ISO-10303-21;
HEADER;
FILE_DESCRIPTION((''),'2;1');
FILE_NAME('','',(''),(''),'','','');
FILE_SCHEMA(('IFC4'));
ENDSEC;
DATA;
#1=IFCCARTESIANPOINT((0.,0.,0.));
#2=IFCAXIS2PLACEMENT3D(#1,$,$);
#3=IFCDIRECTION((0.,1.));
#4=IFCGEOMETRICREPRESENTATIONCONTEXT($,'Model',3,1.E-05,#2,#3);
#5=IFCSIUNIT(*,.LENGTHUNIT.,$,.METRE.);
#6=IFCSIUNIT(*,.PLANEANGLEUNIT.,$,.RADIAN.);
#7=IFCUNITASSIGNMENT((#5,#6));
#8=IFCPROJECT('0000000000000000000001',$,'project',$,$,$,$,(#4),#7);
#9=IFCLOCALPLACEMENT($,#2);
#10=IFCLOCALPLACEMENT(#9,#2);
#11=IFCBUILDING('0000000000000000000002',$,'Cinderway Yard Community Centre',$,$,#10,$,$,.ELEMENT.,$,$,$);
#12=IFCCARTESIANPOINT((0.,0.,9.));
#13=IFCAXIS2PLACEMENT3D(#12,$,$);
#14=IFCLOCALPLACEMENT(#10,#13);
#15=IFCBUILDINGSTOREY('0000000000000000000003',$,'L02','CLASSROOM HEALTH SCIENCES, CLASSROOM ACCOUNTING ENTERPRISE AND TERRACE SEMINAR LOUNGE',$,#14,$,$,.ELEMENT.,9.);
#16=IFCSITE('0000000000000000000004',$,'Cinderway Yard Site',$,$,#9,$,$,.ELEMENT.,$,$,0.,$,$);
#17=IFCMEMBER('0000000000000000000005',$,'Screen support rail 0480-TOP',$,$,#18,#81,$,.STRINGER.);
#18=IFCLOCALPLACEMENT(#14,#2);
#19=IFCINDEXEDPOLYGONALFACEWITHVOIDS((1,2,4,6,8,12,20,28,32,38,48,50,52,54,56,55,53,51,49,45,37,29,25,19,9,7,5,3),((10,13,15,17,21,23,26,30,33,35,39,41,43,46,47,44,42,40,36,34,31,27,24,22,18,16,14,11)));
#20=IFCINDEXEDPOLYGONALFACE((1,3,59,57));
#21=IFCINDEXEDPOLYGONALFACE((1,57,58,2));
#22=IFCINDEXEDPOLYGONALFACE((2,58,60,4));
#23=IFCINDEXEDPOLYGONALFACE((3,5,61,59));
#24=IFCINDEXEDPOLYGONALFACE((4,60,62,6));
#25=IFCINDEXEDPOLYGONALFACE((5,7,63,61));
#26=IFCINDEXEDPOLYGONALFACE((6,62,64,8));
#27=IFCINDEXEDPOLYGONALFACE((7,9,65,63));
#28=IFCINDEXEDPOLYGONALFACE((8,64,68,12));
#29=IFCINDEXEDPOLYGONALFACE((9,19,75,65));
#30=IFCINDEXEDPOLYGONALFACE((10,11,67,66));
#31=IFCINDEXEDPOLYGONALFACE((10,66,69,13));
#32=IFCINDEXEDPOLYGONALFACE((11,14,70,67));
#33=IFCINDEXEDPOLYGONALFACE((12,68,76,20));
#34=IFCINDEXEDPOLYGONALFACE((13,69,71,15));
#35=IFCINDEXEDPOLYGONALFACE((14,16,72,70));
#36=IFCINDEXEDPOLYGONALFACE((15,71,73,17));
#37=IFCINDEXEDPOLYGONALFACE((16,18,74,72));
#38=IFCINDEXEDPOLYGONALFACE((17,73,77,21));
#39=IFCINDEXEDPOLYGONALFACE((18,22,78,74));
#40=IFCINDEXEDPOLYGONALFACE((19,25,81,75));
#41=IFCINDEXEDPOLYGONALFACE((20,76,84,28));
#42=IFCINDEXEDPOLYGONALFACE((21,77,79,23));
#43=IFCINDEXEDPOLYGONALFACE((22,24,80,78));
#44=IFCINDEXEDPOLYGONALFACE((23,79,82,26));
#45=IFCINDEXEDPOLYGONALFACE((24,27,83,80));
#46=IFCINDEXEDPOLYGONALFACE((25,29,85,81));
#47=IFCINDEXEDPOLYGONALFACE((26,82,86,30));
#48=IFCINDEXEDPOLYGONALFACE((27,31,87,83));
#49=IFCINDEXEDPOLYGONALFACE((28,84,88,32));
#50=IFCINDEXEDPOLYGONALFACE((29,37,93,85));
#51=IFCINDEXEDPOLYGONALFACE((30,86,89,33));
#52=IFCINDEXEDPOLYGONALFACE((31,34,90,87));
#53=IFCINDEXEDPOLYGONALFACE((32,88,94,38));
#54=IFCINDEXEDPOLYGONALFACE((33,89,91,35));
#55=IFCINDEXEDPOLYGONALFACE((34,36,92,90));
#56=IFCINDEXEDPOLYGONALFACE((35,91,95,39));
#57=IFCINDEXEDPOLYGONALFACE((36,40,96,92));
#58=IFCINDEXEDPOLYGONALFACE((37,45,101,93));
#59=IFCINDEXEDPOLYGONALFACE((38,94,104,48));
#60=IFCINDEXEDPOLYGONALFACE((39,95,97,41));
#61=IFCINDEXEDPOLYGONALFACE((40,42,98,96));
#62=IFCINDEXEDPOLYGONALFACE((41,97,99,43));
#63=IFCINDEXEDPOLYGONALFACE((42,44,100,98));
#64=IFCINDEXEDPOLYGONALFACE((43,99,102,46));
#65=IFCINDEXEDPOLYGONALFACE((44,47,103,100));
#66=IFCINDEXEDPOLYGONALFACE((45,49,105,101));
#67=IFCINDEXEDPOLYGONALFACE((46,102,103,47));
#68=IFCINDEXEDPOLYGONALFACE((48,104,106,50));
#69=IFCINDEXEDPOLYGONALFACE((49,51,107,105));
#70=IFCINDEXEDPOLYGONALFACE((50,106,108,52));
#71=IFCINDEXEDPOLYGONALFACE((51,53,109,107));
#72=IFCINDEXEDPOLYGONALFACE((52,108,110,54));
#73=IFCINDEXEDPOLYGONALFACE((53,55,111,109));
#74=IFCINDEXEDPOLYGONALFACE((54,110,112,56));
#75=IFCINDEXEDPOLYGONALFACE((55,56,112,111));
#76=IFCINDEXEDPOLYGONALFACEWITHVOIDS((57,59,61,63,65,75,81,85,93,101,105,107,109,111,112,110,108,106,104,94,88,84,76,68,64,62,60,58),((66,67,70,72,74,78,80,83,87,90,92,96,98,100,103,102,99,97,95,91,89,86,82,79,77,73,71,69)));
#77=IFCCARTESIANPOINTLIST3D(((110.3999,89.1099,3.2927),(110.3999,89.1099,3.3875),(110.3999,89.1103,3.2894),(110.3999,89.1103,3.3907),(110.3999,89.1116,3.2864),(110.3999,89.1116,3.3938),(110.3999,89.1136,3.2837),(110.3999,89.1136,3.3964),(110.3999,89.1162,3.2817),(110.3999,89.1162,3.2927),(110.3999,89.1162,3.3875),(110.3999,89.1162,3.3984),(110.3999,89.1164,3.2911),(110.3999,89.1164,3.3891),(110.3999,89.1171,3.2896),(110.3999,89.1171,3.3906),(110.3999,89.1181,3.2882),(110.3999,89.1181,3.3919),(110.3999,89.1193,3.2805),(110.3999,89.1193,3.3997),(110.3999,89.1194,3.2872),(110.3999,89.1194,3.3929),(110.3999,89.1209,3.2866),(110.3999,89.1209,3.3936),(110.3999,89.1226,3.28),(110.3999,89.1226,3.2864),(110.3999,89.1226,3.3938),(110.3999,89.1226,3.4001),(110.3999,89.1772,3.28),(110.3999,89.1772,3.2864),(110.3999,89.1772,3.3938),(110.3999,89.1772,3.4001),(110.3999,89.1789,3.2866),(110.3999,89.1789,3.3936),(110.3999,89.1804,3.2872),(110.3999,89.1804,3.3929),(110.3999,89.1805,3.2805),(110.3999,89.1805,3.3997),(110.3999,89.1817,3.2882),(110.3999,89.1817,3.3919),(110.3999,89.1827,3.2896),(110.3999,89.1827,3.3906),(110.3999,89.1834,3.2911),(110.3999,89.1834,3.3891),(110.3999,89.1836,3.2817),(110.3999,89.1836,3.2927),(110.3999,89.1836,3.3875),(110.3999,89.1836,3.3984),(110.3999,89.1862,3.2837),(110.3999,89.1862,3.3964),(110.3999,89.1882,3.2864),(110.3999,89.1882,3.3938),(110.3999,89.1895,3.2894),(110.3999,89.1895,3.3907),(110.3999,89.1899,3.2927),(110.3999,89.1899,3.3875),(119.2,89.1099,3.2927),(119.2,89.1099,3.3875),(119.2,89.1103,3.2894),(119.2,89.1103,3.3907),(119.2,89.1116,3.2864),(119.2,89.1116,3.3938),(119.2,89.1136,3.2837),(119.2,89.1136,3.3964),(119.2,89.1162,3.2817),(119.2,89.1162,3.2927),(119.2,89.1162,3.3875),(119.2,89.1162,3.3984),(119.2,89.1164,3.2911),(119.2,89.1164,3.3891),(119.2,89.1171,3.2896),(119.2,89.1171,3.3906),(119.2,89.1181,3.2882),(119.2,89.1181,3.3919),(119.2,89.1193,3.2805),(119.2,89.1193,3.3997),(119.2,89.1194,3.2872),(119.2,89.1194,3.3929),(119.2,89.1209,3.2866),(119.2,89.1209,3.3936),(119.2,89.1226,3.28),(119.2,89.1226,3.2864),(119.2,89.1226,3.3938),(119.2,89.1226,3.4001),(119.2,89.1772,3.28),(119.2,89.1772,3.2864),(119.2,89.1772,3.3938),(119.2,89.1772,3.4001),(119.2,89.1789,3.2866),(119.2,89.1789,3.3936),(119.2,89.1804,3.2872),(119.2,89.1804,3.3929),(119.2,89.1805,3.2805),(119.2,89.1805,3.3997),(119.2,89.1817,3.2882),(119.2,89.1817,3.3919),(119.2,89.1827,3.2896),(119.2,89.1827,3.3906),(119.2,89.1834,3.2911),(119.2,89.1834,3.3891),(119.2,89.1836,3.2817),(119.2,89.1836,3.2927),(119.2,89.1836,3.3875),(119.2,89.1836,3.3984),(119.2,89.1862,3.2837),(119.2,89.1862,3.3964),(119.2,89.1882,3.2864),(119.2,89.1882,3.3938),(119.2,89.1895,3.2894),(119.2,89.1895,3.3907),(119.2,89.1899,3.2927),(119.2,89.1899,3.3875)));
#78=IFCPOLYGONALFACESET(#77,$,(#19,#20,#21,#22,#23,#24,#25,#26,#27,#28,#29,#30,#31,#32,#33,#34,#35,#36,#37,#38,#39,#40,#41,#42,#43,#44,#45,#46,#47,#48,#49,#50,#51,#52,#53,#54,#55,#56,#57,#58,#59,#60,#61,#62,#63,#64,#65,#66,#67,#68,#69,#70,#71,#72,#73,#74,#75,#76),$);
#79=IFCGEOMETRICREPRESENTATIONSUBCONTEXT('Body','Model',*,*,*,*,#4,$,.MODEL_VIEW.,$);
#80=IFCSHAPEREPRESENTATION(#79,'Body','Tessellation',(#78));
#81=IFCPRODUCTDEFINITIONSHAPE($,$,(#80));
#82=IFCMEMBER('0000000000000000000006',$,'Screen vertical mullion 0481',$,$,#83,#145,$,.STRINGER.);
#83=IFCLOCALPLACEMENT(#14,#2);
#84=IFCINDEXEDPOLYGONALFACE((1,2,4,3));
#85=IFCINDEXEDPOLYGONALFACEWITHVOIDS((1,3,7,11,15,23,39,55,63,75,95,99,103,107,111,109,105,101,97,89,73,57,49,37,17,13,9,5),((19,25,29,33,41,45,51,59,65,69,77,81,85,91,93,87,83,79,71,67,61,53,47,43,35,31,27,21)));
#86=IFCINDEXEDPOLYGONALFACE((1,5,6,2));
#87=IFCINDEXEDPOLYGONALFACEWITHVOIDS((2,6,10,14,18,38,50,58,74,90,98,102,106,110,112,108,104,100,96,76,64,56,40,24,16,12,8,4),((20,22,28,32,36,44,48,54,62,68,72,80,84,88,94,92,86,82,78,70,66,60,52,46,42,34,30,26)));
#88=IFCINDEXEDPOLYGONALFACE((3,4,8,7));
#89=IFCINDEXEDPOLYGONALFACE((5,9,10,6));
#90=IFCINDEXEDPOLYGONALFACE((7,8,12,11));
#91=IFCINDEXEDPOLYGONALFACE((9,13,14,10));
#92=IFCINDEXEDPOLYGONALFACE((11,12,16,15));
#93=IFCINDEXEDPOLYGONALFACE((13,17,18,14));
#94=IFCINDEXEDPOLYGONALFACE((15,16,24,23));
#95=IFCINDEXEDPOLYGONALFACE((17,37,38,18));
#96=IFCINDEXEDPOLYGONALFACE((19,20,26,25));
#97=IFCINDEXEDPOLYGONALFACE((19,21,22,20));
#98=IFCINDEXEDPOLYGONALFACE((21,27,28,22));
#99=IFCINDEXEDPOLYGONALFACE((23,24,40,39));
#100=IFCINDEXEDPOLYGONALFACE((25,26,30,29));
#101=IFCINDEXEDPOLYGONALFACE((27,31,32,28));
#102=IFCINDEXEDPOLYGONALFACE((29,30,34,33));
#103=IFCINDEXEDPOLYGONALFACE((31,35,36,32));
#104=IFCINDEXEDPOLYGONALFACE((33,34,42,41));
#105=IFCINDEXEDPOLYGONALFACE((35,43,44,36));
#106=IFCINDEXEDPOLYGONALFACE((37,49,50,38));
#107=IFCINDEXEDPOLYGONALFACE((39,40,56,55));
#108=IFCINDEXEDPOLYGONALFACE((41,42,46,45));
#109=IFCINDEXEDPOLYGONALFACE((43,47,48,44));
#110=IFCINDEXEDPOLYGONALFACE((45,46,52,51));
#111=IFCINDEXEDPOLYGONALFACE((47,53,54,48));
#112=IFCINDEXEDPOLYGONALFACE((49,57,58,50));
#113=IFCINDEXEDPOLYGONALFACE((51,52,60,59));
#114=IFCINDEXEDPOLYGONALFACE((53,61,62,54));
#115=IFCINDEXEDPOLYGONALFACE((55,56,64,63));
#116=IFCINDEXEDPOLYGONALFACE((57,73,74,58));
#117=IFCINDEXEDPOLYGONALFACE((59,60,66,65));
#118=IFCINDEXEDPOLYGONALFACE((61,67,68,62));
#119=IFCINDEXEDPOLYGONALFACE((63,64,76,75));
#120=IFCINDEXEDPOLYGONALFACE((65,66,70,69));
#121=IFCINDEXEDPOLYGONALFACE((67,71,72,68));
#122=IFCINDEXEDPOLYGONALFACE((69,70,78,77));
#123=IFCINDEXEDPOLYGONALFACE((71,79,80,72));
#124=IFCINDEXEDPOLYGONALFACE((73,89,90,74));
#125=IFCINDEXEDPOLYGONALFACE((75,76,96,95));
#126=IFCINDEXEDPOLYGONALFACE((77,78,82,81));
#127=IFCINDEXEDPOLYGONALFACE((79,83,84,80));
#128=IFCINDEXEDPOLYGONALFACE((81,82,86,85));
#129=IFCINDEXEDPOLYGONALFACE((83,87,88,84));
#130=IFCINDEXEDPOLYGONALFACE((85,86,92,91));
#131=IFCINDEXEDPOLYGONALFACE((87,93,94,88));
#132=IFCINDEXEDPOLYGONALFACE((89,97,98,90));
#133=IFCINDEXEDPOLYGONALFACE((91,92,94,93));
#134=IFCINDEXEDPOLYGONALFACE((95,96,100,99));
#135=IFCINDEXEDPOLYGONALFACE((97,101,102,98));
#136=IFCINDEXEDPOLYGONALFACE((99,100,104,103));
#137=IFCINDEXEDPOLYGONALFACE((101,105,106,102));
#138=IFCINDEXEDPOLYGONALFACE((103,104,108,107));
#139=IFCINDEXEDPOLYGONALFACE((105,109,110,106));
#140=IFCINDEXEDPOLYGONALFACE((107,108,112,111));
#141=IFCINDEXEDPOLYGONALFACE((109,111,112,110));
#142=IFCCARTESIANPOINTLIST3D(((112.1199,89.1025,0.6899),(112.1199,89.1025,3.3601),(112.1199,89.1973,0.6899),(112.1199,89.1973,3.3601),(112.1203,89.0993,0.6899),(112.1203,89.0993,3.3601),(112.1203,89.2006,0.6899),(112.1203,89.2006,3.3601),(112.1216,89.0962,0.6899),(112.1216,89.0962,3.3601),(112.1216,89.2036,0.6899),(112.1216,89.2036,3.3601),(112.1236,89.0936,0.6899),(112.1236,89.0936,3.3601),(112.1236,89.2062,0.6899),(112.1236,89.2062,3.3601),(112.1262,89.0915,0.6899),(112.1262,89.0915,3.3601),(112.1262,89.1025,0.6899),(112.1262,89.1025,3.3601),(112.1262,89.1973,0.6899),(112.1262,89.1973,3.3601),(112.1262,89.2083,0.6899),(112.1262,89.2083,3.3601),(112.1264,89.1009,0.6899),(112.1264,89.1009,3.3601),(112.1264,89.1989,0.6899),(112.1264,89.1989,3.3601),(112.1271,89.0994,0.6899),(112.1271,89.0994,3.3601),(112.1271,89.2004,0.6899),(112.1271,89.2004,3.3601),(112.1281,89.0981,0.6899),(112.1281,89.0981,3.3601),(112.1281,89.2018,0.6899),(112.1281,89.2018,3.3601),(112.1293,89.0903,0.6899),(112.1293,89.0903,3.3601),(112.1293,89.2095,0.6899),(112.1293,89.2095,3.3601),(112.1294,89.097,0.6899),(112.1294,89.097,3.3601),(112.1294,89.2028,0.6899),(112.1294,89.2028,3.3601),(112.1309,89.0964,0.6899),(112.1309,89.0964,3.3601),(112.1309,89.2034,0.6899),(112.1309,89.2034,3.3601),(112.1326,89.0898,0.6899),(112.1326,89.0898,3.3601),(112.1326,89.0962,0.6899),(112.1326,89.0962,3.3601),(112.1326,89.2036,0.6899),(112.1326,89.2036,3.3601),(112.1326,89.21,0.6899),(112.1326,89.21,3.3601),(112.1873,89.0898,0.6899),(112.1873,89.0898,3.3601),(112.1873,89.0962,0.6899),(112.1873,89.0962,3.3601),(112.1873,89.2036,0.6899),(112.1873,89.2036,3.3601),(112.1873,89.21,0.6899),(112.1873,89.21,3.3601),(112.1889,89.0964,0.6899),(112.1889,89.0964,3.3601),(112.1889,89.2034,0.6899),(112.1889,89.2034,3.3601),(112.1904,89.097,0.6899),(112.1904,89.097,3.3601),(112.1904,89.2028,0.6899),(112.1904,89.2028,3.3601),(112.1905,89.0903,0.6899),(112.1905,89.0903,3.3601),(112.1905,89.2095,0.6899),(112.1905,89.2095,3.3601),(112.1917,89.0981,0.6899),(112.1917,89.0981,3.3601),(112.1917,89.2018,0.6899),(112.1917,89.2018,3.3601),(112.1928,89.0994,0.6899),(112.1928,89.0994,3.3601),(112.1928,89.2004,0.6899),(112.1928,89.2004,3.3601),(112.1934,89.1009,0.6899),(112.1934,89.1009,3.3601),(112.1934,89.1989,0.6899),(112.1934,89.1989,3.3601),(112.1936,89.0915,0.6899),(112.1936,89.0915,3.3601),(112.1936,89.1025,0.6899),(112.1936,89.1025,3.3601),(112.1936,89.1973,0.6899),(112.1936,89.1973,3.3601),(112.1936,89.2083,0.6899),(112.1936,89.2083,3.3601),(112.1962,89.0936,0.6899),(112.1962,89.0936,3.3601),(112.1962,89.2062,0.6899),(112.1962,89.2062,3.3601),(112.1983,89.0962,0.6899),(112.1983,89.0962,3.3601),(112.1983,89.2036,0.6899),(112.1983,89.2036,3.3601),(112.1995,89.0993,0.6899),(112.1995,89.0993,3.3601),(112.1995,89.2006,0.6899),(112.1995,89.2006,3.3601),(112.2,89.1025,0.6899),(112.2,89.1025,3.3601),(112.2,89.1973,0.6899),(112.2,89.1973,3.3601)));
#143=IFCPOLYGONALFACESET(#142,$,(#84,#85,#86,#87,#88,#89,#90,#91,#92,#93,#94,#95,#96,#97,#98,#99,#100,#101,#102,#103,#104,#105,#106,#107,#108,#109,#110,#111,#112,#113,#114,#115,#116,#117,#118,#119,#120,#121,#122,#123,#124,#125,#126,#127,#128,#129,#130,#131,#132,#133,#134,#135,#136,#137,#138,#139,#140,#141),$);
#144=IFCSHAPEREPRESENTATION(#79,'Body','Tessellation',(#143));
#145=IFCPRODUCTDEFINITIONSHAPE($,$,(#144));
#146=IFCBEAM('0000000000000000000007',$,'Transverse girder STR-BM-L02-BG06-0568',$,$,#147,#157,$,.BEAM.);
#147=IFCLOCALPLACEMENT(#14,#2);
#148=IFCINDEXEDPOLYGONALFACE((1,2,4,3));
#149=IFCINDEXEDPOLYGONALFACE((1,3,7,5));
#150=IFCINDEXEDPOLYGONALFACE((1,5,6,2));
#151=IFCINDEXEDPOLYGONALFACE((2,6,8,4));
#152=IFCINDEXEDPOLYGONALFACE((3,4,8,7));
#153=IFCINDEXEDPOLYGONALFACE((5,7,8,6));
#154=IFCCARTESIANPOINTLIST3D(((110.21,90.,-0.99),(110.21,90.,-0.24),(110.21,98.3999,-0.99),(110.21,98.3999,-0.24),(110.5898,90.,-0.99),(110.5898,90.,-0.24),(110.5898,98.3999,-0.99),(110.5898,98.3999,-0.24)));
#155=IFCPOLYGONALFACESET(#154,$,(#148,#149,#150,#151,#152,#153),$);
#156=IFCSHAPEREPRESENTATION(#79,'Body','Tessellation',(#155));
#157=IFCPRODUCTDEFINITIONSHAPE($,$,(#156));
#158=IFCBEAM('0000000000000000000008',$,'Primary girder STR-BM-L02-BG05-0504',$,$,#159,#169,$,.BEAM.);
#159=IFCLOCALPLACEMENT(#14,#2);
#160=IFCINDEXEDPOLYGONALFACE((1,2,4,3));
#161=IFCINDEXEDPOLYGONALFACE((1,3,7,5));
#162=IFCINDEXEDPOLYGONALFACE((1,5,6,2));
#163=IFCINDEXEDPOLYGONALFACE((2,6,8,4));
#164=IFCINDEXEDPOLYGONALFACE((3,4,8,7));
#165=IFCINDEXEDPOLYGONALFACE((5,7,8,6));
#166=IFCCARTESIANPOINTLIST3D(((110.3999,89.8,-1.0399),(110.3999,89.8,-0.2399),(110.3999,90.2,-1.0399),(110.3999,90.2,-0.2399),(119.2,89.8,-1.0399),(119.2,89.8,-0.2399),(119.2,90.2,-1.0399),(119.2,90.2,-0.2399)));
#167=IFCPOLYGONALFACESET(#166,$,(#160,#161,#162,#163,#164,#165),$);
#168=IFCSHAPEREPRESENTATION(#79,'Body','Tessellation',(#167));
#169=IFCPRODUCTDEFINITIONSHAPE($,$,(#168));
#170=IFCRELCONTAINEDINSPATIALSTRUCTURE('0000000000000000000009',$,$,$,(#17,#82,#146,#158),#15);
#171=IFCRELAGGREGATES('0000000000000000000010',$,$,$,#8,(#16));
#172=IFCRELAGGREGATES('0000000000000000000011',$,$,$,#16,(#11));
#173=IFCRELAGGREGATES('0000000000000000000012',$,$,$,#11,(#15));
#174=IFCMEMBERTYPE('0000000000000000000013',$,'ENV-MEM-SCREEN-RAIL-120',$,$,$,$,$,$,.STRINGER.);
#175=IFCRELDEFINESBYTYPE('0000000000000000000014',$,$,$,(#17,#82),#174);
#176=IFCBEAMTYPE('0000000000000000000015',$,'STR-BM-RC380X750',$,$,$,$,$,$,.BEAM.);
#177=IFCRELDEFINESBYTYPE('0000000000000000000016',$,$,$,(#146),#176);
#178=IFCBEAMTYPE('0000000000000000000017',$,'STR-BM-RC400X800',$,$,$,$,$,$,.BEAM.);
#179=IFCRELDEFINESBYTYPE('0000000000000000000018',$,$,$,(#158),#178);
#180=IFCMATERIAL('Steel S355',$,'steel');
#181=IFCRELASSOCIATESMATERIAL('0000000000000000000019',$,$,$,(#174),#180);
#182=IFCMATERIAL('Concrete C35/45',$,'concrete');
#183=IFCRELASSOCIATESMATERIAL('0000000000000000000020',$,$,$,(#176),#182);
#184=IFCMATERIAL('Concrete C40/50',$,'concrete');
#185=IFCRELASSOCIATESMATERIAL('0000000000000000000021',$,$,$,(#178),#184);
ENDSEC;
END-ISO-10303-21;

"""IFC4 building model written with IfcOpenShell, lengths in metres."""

from ifc_helpers import new_model, si_unit, direction, frame, origin, origin_2d, place, context, subcontext, project, spatial, rectangle, hollow_rectangle, extrude, material, material_profile, profile_set, type_object, element, save


model = new_model("IFC4")

# Units and contexts
model_context = context("Model", 3, precision=1e-05, world=origin(), true_north=direction((0.0, 1.0)))
body_context = subcontext(model_context, "Body", "Model", "MODEL_VIEW")
ifc_project = project(units=[si_unit("LENGTHUNIT", "METRE"), si_unit("PLANEANGLEUNIT", "RADIAN")], contexts=[model_context])

# Site, building, storey
site_placement = place(None, origin())
site = spatial("IfcSite", under=ifc_project, at=site_placement, Name="Cinderway Yard Site", CompositionType="ELEMENT", RefElevation=0.0)
building_placement = place(site_placement, origin())
building = spatial("IfcBuilding", under=site, at=building_placement, Name="Cinderway Yard Community Centre", CompositionType="ELEMENT")
storey_placement = place(building_placement, frame((0.0, 0.0, 9.0)))
storey = spatial("IfcBuildingStorey", under=building, at=storey_placement, Name="L02", Description="CLASSROOM HEALTH SCIENCES, CLASSROOM ACCOUNTING ENTERPRISE AND TERRACE SEMINAR LOUNGE", CompositionType="ELEMENT", Elevation=9.0)

# Shared definitions
ifc_material_1 = material(Name="Concrete C40/50", Category="concrete")

# Members
ifc_material_2 = material(Name="Steel S355", Category="steel")
ifc_material_profile_1 = material_profile(ifc_material_2, hollow_rectangle(XDim=0.0801, YDim=0.1201, WallThickness=0.0063, InnerFilletRadius=0.0063, OuterFilletRadius=0.0127, at=origin_2d()), Name="Steel S355")
ifc_profile_set_1 = profile_set([ifc_material_profile_1], Name="Steel S355")
member_type_1 = type_object("IfcMemberType", Name="ENV-MEM-SCREEN-RAIL-120", PredefinedType="STRINGER", material=ifc_profile_set_1)
for number, where, z_axis, x_axis, name in (
    (1, (110.3999, 89.1499, 3.3401), (1.0, 0.0, 0.0), (0.0, 1.0, 0.0), "Screen support rail 0480-TOP"),
):
    element("IfcMember", number, at=place(storey_placement, frame(where, z_axis=z_axis, x_axis=x_axis)), inside=storey, type_object=member_type_1, Name=name, PredefinedType="STRINGER", context=body_context, shape_type="SweptSolid", body=[
        extrude(hollow_rectangle(XDim=0.0801, YDim=0.1201, WallThickness=0.0063, InnerFilletRadius=0.0063, OuterFilletRadius=0.0127, at=origin_2d()), origin(), (0.0, 0.0, 1.0), 8.8),
    ])
member_1_placement = place(storey_placement, frame((112.1599, 89.1499, 0.6899), z_axis=(0.0, 0.0, 1.0), x_axis=(1.0, 0.0, 0.0)))
element("IfcMember", 2, at=member_1_placement, inside=storey, type_object=member_type_1, Name="Screen vertical mullion 0481", PredefinedType="STRINGER", context=body_context, shape_type="SweptSolid", body=[
    extrude(hollow_rectangle(XDim=0.0801, YDim=0.1201, WallThickness=0.0063, InnerFilletRadius=0.0063, OuterFilletRadius=0.0127, at=origin_2d()), origin(), (0.0, 0.0, 1.0), 2.6702),
])

# Beams
ifc_material_3 = material(Name="Concrete C35/45", Category="concrete")
ifc_material_profile_2 = material_profile(ifc_material_3, rectangle(XDim=0.3799, YDim=0.75, at=origin_2d()), Name="Concrete C35/45")
ifc_profile_set_2 = profile_set([ifc_material_profile_2], Name="Concrete C35/45")
beam_type_1 = type_object("IfcBeamType", Name="STR-BM-RC380X750", PredefinedType="BEAM", material=ifc_profile_set_2)
beam_1_placement = place(storey_placement, frame((110.3999, 90.0, -0.615), z_axis=(0.0, 1.0, 0.0), x_axis=(-1.0, 0.0, 0.0)))
element("IfcBeam", 3, at=beam_1_placement, inside=storey, type_object=beam_type_1, Name="Transverse girder STR-BM-L02-BG06-0568", PredefinedType="BEAM", context=body_context, shape_type="SweptSolid", body=[
    extrude(rectangle(XDim=0.3799, YDim=0.75, at=origin_2d()), origin(), (0.0, 0.0, 1.0), 8.3999),
])
ifc_material_profile_3 = material_profile(ifc_material_1, rectangle(XDim=0.3999, YDim=0.8, at=origin_2d()), Name="Concrete C40/50")
ifc_profile_set_3 = profile_set([ifc_material_profile_3], Name="Concrete C40/50")
beam_type_2 = type_object("IfcBeamType", Name="STR-BM-RC400X800", PredefinedType="BEAM", material=ifc_profile_set_3)
beam_2_placement = place(storey_placement, frame((110.3999, 90.0, -0.6399), z_axis=(1.0, 0.0, 0.0), x_axis=(0.0, 1.0, 0.0)))
element("IfcBeam", 4, at=beam_2_placement, inside=storey, type_object=beam_type_2, Name="Primary girder STR-BM-L02-BG05-0504", PredefinedType="BEAM", context=body_context, shape_type="SweptSolid", body=[
    extrude(rectangle(XDim=0.3999, YDim=0.8, at=origin_2d()), origin(), (0.0, 0.0, 1.0), 8.8),
])

save(model, "model.ifc")
